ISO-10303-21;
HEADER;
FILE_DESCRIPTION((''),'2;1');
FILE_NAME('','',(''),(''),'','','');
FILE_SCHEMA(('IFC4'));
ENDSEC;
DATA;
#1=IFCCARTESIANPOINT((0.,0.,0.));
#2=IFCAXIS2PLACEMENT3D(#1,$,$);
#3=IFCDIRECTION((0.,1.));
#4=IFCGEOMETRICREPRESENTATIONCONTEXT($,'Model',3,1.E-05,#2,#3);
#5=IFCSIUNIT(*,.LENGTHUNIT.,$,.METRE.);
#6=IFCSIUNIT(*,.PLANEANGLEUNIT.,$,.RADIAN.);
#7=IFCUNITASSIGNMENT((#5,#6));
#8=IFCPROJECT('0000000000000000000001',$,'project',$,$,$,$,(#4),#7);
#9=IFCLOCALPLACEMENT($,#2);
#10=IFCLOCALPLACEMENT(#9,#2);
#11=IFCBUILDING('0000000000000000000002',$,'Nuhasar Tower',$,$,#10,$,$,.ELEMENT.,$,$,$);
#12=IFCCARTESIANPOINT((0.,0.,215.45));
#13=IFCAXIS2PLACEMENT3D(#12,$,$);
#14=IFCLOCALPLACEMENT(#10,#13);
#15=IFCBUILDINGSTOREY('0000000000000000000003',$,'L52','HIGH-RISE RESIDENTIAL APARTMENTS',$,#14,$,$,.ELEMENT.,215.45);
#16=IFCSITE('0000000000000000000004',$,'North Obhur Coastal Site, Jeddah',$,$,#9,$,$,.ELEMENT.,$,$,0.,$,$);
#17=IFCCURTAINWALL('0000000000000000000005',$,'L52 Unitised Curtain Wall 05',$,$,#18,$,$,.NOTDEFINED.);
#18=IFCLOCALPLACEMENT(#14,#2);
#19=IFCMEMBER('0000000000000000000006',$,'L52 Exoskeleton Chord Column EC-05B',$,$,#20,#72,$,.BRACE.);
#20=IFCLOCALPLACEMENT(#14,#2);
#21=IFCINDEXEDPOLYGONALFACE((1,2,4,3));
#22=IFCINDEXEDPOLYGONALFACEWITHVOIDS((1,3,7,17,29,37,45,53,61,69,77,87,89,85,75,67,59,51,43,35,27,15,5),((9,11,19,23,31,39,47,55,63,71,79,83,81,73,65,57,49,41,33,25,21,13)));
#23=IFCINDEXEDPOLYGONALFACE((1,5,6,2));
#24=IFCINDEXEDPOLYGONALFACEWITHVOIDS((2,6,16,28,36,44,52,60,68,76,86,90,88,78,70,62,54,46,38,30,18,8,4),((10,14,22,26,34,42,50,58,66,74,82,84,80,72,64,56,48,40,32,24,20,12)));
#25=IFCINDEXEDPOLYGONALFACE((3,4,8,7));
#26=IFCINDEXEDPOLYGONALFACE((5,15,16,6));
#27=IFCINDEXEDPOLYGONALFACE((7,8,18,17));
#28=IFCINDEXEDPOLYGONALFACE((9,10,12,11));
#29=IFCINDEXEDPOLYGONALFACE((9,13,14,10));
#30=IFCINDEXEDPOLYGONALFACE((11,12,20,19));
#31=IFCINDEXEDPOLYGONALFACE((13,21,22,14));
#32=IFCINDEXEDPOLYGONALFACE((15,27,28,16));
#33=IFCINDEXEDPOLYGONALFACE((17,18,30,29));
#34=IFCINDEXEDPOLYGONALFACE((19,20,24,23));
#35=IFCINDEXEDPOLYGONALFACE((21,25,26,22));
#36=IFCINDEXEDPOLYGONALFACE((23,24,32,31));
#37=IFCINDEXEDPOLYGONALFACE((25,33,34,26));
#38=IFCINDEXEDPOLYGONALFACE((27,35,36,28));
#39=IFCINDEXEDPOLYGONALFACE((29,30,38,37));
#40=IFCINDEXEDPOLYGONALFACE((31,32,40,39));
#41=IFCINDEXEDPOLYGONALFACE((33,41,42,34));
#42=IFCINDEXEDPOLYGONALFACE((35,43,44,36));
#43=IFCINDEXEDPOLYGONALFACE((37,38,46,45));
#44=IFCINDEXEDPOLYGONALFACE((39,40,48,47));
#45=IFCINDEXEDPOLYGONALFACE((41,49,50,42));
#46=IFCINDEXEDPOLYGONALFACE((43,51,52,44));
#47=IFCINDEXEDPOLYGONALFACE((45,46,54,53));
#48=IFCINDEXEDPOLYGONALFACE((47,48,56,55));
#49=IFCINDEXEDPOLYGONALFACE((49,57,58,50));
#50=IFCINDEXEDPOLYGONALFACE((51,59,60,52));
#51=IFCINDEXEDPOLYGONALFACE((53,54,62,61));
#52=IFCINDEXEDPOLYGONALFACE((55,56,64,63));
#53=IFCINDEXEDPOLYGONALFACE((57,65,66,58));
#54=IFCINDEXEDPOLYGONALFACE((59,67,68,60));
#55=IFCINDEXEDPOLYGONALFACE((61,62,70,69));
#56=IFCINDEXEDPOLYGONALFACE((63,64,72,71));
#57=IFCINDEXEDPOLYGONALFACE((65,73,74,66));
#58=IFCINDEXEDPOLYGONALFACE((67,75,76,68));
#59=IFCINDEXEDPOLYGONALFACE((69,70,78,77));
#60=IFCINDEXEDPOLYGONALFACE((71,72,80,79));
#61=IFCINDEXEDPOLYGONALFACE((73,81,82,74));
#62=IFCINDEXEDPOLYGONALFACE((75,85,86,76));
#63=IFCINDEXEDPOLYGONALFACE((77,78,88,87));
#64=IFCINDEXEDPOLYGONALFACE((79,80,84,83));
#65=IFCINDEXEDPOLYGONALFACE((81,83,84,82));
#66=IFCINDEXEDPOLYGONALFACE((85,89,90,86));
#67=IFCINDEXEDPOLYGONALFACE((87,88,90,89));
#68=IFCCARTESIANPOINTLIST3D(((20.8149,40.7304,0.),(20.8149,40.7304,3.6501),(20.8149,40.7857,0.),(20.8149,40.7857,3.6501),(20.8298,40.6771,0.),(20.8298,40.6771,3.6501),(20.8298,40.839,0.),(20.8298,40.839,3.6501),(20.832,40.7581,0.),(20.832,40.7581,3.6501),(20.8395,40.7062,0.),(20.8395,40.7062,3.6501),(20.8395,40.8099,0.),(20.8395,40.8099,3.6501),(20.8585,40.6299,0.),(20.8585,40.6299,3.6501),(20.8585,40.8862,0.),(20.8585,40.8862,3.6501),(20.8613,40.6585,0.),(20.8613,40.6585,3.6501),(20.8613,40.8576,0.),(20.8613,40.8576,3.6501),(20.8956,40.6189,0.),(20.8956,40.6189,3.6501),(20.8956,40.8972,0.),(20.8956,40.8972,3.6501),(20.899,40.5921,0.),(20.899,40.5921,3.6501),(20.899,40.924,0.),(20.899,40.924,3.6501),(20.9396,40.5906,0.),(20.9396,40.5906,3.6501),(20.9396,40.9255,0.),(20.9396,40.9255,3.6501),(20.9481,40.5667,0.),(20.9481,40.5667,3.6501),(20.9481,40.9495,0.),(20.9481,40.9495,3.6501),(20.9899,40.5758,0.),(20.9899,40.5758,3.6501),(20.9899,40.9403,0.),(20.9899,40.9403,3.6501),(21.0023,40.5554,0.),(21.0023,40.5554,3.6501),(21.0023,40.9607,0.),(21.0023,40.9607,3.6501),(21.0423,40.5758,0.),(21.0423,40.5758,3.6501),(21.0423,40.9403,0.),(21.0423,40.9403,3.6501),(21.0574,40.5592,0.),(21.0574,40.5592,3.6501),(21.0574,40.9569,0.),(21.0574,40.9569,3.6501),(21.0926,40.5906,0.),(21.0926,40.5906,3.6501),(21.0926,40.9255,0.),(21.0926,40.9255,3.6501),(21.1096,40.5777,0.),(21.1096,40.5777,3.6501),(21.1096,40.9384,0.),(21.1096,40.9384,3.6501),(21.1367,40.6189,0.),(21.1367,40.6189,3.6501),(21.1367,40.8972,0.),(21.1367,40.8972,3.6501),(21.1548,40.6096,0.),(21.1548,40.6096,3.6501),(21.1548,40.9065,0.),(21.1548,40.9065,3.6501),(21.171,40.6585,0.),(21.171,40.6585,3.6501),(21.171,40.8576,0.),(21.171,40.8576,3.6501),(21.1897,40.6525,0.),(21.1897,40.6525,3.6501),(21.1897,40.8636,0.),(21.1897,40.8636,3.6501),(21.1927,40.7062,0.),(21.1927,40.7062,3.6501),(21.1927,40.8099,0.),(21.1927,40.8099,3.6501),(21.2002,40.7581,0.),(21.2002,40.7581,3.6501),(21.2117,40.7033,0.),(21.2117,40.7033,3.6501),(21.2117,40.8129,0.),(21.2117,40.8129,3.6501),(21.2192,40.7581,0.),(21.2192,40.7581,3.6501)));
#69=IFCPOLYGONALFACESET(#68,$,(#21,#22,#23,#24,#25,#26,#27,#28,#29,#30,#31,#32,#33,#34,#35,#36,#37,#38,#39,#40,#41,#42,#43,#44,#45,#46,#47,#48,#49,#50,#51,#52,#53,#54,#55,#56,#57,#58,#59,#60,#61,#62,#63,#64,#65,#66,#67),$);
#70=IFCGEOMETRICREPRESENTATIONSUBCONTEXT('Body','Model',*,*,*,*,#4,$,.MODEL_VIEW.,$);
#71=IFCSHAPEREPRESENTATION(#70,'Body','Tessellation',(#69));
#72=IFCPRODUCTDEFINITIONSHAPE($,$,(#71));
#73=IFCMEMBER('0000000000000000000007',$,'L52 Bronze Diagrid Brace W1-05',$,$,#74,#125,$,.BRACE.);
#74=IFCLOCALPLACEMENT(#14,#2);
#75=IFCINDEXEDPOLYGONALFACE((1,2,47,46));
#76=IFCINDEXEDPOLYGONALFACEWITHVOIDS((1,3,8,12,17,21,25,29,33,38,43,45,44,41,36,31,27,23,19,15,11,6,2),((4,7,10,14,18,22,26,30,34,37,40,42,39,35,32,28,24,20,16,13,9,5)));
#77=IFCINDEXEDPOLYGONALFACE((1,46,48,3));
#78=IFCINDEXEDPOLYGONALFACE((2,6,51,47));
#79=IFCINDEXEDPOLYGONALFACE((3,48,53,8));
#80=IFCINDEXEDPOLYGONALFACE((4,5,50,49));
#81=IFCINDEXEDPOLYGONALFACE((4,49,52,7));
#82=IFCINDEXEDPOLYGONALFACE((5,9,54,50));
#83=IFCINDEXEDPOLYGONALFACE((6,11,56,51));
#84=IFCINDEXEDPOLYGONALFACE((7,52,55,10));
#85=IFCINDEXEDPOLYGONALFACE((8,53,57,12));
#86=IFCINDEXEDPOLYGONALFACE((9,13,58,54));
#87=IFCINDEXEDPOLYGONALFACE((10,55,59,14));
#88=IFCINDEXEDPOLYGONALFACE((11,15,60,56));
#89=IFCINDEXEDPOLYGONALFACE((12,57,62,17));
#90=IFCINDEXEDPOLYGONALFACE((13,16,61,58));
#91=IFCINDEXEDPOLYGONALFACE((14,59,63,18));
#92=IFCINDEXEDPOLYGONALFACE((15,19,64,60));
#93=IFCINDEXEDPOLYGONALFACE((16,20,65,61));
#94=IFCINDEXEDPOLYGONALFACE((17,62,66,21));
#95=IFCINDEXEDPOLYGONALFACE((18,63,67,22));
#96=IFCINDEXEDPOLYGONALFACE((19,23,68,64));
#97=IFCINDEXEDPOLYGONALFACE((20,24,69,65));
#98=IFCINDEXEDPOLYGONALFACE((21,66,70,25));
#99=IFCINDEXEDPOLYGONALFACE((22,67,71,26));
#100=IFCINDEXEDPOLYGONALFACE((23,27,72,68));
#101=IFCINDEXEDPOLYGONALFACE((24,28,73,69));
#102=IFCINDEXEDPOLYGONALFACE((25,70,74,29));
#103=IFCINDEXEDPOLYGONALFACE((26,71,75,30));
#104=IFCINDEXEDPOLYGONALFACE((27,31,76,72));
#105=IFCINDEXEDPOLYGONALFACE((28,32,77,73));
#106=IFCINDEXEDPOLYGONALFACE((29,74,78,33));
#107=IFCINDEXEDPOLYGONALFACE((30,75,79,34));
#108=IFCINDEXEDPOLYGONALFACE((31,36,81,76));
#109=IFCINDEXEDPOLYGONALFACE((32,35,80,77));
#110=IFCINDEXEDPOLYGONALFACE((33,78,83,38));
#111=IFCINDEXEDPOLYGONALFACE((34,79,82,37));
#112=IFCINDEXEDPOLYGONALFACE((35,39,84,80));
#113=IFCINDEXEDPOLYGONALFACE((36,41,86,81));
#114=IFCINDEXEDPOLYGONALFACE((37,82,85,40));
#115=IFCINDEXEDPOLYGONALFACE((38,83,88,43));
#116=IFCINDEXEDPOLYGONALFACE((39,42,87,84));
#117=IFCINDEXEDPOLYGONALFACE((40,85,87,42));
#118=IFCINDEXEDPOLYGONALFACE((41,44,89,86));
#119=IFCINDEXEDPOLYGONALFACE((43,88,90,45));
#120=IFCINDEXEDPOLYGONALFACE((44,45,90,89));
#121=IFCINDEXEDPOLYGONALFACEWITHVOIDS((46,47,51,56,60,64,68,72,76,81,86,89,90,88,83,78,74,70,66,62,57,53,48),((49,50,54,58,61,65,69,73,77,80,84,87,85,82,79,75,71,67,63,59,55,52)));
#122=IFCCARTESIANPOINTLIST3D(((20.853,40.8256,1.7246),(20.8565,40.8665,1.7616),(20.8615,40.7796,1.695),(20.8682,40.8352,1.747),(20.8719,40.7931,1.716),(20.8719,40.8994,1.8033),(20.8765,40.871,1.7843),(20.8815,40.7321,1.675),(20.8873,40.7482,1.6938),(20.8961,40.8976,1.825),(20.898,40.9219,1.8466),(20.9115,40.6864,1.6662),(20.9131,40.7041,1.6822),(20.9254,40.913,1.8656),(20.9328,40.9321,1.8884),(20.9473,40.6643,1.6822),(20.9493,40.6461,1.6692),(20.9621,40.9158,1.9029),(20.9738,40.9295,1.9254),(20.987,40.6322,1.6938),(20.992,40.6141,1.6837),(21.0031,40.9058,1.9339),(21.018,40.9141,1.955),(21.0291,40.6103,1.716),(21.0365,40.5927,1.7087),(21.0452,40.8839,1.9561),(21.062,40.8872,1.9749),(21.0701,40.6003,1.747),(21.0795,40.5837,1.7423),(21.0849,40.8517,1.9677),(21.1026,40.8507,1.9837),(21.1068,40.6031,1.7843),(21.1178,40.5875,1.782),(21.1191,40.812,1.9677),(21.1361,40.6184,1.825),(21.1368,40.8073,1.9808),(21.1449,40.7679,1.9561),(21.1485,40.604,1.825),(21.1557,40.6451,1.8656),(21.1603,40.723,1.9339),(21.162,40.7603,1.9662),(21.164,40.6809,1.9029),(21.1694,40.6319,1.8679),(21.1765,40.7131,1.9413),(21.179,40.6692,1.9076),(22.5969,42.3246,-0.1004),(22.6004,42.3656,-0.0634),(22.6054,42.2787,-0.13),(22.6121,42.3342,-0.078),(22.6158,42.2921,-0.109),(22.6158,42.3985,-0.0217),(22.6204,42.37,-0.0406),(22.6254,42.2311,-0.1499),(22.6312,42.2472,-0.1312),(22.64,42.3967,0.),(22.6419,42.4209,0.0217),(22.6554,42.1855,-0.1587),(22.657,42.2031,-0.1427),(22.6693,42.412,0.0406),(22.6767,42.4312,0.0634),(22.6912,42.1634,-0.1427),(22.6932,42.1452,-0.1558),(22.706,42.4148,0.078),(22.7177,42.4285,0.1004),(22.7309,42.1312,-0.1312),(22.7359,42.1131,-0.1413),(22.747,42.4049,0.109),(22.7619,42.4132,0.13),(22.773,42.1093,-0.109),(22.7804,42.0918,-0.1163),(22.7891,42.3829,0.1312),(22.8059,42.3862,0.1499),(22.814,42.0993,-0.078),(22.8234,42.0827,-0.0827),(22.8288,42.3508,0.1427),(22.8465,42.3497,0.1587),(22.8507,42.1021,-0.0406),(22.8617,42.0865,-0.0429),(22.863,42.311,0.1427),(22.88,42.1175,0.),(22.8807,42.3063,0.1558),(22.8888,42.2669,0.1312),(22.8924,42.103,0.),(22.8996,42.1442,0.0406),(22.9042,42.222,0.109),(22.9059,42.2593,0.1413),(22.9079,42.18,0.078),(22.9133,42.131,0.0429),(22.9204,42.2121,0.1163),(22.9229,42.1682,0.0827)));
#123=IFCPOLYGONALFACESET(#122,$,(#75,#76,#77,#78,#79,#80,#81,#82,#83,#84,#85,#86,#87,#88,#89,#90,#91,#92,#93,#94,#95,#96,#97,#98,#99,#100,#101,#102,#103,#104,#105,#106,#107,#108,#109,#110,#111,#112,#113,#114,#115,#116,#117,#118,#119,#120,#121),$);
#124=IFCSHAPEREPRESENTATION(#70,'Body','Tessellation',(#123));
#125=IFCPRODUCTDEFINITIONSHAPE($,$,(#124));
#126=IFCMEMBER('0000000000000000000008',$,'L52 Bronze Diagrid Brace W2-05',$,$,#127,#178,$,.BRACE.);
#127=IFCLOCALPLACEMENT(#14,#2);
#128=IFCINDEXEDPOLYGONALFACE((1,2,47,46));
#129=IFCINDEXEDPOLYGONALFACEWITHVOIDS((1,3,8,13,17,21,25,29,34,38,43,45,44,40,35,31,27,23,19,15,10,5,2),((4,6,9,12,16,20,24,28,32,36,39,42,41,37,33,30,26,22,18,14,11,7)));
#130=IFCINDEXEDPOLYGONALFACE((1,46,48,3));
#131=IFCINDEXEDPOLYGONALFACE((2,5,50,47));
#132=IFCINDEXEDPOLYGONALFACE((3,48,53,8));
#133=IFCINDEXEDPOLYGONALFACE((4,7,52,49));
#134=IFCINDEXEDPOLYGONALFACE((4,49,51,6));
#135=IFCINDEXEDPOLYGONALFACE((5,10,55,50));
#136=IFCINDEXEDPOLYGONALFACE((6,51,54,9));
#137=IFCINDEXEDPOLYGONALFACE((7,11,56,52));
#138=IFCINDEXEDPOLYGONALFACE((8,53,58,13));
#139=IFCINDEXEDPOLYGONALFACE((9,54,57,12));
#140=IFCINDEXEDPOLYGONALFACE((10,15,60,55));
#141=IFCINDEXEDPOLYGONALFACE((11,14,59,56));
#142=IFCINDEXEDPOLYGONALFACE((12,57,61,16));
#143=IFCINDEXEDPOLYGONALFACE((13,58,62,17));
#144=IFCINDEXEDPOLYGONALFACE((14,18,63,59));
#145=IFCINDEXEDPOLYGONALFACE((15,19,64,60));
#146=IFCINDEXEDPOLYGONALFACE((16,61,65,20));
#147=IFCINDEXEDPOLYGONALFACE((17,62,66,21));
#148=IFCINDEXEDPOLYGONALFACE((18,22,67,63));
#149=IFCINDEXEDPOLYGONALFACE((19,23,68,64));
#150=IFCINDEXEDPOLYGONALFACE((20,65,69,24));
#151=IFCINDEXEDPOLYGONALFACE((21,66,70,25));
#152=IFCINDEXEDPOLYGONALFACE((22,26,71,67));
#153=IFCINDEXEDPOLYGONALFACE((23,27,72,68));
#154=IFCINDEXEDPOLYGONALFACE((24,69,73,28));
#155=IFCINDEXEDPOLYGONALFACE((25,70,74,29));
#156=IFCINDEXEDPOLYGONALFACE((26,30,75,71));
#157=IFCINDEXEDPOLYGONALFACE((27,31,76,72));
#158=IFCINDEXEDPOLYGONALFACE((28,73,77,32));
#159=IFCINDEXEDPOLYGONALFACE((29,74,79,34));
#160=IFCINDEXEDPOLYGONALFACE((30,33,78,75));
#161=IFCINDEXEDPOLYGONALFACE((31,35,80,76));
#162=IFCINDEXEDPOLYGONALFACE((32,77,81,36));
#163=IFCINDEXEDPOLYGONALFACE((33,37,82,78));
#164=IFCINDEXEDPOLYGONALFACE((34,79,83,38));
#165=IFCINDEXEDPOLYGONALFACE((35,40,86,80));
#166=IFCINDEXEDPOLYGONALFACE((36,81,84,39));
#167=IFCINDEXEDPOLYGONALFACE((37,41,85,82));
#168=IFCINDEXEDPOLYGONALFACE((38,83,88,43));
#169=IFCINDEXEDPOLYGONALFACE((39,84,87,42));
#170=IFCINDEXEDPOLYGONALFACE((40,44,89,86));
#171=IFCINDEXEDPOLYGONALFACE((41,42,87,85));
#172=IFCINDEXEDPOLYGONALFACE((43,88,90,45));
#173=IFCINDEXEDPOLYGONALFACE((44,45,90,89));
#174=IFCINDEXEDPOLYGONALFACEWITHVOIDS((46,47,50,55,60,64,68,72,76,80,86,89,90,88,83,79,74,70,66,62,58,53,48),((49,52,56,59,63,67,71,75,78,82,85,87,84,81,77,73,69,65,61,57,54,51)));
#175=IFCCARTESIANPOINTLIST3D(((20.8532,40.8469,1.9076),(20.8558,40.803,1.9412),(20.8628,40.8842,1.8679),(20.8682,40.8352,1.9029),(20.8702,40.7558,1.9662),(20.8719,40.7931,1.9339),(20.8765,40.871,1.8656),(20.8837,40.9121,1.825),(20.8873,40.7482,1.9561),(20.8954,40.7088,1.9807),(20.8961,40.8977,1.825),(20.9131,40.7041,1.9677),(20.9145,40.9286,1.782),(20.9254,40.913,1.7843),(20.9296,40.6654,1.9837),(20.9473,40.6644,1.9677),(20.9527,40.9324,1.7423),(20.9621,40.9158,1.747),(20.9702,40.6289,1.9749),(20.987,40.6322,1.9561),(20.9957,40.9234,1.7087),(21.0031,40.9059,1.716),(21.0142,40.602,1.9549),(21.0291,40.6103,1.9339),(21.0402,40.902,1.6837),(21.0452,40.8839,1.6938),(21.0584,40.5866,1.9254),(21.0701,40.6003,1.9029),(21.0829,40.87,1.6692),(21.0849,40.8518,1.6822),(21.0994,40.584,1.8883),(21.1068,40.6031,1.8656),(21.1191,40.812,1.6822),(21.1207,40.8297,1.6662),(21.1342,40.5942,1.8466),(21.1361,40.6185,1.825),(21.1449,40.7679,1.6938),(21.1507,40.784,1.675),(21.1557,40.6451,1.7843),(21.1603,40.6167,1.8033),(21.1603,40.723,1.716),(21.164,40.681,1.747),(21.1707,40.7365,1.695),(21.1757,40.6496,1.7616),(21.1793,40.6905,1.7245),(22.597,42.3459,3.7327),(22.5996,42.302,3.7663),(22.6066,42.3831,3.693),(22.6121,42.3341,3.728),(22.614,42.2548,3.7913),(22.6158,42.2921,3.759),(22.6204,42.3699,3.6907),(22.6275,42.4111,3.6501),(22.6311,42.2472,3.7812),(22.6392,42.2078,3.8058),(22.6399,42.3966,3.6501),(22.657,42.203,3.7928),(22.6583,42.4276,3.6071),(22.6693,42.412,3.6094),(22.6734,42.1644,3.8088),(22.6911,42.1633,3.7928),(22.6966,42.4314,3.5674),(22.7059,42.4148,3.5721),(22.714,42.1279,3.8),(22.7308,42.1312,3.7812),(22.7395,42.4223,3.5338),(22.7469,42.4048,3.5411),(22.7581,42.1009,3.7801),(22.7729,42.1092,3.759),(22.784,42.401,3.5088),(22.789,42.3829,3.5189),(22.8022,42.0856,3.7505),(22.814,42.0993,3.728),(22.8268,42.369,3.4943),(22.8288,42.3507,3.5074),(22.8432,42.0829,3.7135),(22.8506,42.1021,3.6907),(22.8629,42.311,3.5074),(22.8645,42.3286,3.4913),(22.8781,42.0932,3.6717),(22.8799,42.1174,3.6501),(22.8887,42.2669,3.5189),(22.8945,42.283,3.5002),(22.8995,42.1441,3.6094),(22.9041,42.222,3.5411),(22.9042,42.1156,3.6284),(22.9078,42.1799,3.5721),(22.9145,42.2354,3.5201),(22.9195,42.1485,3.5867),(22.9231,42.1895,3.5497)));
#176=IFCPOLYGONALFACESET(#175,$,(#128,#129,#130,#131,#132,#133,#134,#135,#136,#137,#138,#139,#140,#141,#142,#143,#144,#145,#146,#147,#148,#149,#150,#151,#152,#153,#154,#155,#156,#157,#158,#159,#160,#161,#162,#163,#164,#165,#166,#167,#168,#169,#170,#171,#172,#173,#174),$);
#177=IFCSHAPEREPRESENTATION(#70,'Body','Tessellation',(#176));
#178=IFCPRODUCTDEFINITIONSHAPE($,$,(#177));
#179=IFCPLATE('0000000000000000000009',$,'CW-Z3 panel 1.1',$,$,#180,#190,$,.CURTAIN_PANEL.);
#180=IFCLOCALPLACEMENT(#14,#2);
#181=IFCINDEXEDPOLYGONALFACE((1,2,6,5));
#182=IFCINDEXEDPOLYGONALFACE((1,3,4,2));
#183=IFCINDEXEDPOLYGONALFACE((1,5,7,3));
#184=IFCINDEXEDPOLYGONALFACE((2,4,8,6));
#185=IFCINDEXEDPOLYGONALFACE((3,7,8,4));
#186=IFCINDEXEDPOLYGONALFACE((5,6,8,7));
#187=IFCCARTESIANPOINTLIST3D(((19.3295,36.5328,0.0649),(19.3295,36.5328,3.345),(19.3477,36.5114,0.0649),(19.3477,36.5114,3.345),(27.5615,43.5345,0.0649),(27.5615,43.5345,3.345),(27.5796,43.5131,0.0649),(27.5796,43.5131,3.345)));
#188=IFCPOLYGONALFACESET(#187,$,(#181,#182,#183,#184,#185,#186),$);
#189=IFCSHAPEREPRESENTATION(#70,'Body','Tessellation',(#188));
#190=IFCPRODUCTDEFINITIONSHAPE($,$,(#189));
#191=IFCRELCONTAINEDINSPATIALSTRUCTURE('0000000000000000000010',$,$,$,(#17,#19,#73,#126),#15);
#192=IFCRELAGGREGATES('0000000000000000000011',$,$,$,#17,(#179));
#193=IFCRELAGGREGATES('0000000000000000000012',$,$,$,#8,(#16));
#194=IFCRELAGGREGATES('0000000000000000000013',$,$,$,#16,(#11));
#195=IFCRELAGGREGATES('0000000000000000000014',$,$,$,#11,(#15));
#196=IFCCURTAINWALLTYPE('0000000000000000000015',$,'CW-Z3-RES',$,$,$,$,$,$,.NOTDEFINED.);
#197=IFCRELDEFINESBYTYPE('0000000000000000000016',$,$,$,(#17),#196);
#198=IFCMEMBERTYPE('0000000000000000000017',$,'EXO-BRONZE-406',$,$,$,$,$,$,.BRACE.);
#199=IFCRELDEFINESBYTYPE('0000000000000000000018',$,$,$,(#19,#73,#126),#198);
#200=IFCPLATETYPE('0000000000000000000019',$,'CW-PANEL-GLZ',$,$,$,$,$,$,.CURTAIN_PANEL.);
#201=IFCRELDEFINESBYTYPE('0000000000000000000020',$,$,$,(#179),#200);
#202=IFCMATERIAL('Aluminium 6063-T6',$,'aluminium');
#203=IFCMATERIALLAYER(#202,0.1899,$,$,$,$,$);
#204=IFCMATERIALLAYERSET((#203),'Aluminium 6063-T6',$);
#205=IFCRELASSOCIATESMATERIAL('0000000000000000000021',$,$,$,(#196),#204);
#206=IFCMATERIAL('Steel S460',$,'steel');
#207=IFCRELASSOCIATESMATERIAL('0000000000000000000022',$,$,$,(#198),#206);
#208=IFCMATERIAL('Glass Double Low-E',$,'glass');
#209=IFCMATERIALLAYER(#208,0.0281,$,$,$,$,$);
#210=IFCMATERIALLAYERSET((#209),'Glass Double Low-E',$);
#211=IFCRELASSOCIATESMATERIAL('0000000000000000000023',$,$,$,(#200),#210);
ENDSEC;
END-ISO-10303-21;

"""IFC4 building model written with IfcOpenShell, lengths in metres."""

from ifc_helpers import new_model, si_unit, direction, frame, origin, origin_2d, place, context, subcontext, project, spatial, rectangle, hollow_circle, extrude, material, layer, layer_set, material_profile, profile_set, type_object, element, aggregate, save


model = new_model("IFC4")

# Units and contexts
model_context = context("Model", 3, precision=1e-05, world=origin(), true_north=direction((0.0, 1.0)))
body_context = subcontext(model_context, "Body", "Model", "MODEL_VIEW")
ifc_project = project(units=[si_unit("LENGTHUNIT", "METRE"), si_unit("PLANEANGLEUNIT", "RADIAN")], contexts=[model_context])

# Site, building, storey
site_placement = place(None, origin())
site = spatial("IfcSite", under=ifc_project, at=site_placement, Name="North Obhur Coastal Site, Jeddah", CompositionType="ELEMENT", RefElevation=0.0)
building_placement = place(site_placement, origin())
building = spatial("IfcBuilding", under=site, at=building_placement, Name="Nuhasar Tower", CompositionType="ELEMENT")
storey_placement = place(building_placement, frame((0.0, 0.0, 215.45)))
storey = spatial("IfcBuildingStorey", under=building, at=storey_placement, Name="L52", Description="HIGH-RISE RESIDENTIAL APARTMENTS", CompositionType="ELEMENT", Elevation=215.45)

# Shared definitions
ifc_material_1 = material(Name="Aluminium 6063-T6", Category="aluminium")
ifc_layer_1 = layer(ifc_material_1, 0.1899)
ifc_layer_set_1 = layer_set([ifc_layer_1], Name="Aluminium 6063-T6")
curtain_wall_type = type_object("IfcCurtainWallType", Name="CW-Z3-RES", PredefinedType="NOTDEFINED", material=ifc_layer_set_1)

# Curtain wall
curtain_wall_1_placement = place(storey_placement, origin())
curtain_wall_1 = element("IfcCurtainWall", 1, at=curtain_wall_1_placement, inside=storey, type_object=curtain_wall_type, Name="L52 Unitised Curtain Wall 05", PredefinedType="NOTDEFINED")

# Members
ifc_material_2 = material(Name="Steel S460", Category="steel")
ifc_material_profile_1 = material_profile(ifc_material_2, hollow_circle(Radius=0.2031, WallThickness=0.019, at=origin_2d()), Name="HSS406.4X19.1")
ifc_profile_set_1 = profile_set([ifc_material_profile_1], Name="Steel S460")
member_type_1 = type_object("IfcMemberType", Name="EXO-BRONZE-406", PredefinedType="BRACE", material=ifc_profile_set_1)
for number, where, z_axis, x_axis, name in (
    (2, (21.0161, 40.7581, 0.0), (0.0, 0.0, 1.0), (1.0, 0.0, 0.0), "L52 Exoskeleton Chord Column EC-05B"),
):
    element("IfcMember", number, at=place(storey_placement, frame(where, z_axis=z_axis, x_axis=x_axis)), inside=storey, type_object=member_type_1, Name=name, PredefinedType="BRACE", context=body_context, shape_type="SweptSolid", body=[
        extrude(hollow_circle(Radius=0.2031, WallThickness=0.019, at=origin_2d()), origin(), (0.0, 0.0, 1.0), 3.6501),
    ])
for number, where, z_axis, x_axis, name in (
    (3, (22.76, 42.2571, 0.0), (-0.594019, -0.510608, 0.621628), (0.651857, -0.758342, 0.0), "L52 Bronze Diagrid Brace W1-05"),
    (4, (21.0161, 40.7581, 1.825), (0.593988, 0.510582, 0.621679), (-0.651857, 0.758342, 0.0), "L52 Bronze Diagrid Brace W2-05"),
):
    element("IfcMember", number, at=place(storey_placement, frame(where, z_axis=z_axis, x_axis=x_axis)), inside=storey, type_object=member_type_1, Name=name, PredefinedType="BRACE", context=body_context, shape_type="SweptSolid", body=[
        extrude(hollow_circle(Radius=0.2031, WallThickness=0.019, at=origin_2d()), origin(), (0.0, 0.0, 1.0), 2.9358),
    ])

# Plate
ifc_material_3 = material(Name="Glass Double Low-E", Category="glass")
ifc_layer_2 = layer(ifc_material_3, 0.0281)
ifc_layer_set_2 = layer_set([ifc_layer_2], Name="Glass Double Low-E")
plate_type = type_object("IfcPlateType", Name="CW-PANEL-GLZ", PredefinedType="CURTAIN_PANEL", material=ifc_layer_set_2)
plate_placement = place(storey_placement, frame((23.4546, 40.0229, 0.0649), z_axis=(0.0, 0.0, 1.0), x_axis=(-0.761729, -0.647895, 0.0)))
plate = element("IfcPlate", 5, at=plate_placement, type_object=plate_type, Name="CW-Z3 panel 1.1", PredefinedType="CURTAIN_PANEL", context=body_context, shape_type="SweptSolid", body=[
    extrude(rectangle(XDim=10.8069, YDim=0.0281, at=origin_2d()), origin(), (0.0, 0.0, 1.0), 3.28),
])
aggregate(curtain_wall_1, [plate])

save(model, "model.ifc")
